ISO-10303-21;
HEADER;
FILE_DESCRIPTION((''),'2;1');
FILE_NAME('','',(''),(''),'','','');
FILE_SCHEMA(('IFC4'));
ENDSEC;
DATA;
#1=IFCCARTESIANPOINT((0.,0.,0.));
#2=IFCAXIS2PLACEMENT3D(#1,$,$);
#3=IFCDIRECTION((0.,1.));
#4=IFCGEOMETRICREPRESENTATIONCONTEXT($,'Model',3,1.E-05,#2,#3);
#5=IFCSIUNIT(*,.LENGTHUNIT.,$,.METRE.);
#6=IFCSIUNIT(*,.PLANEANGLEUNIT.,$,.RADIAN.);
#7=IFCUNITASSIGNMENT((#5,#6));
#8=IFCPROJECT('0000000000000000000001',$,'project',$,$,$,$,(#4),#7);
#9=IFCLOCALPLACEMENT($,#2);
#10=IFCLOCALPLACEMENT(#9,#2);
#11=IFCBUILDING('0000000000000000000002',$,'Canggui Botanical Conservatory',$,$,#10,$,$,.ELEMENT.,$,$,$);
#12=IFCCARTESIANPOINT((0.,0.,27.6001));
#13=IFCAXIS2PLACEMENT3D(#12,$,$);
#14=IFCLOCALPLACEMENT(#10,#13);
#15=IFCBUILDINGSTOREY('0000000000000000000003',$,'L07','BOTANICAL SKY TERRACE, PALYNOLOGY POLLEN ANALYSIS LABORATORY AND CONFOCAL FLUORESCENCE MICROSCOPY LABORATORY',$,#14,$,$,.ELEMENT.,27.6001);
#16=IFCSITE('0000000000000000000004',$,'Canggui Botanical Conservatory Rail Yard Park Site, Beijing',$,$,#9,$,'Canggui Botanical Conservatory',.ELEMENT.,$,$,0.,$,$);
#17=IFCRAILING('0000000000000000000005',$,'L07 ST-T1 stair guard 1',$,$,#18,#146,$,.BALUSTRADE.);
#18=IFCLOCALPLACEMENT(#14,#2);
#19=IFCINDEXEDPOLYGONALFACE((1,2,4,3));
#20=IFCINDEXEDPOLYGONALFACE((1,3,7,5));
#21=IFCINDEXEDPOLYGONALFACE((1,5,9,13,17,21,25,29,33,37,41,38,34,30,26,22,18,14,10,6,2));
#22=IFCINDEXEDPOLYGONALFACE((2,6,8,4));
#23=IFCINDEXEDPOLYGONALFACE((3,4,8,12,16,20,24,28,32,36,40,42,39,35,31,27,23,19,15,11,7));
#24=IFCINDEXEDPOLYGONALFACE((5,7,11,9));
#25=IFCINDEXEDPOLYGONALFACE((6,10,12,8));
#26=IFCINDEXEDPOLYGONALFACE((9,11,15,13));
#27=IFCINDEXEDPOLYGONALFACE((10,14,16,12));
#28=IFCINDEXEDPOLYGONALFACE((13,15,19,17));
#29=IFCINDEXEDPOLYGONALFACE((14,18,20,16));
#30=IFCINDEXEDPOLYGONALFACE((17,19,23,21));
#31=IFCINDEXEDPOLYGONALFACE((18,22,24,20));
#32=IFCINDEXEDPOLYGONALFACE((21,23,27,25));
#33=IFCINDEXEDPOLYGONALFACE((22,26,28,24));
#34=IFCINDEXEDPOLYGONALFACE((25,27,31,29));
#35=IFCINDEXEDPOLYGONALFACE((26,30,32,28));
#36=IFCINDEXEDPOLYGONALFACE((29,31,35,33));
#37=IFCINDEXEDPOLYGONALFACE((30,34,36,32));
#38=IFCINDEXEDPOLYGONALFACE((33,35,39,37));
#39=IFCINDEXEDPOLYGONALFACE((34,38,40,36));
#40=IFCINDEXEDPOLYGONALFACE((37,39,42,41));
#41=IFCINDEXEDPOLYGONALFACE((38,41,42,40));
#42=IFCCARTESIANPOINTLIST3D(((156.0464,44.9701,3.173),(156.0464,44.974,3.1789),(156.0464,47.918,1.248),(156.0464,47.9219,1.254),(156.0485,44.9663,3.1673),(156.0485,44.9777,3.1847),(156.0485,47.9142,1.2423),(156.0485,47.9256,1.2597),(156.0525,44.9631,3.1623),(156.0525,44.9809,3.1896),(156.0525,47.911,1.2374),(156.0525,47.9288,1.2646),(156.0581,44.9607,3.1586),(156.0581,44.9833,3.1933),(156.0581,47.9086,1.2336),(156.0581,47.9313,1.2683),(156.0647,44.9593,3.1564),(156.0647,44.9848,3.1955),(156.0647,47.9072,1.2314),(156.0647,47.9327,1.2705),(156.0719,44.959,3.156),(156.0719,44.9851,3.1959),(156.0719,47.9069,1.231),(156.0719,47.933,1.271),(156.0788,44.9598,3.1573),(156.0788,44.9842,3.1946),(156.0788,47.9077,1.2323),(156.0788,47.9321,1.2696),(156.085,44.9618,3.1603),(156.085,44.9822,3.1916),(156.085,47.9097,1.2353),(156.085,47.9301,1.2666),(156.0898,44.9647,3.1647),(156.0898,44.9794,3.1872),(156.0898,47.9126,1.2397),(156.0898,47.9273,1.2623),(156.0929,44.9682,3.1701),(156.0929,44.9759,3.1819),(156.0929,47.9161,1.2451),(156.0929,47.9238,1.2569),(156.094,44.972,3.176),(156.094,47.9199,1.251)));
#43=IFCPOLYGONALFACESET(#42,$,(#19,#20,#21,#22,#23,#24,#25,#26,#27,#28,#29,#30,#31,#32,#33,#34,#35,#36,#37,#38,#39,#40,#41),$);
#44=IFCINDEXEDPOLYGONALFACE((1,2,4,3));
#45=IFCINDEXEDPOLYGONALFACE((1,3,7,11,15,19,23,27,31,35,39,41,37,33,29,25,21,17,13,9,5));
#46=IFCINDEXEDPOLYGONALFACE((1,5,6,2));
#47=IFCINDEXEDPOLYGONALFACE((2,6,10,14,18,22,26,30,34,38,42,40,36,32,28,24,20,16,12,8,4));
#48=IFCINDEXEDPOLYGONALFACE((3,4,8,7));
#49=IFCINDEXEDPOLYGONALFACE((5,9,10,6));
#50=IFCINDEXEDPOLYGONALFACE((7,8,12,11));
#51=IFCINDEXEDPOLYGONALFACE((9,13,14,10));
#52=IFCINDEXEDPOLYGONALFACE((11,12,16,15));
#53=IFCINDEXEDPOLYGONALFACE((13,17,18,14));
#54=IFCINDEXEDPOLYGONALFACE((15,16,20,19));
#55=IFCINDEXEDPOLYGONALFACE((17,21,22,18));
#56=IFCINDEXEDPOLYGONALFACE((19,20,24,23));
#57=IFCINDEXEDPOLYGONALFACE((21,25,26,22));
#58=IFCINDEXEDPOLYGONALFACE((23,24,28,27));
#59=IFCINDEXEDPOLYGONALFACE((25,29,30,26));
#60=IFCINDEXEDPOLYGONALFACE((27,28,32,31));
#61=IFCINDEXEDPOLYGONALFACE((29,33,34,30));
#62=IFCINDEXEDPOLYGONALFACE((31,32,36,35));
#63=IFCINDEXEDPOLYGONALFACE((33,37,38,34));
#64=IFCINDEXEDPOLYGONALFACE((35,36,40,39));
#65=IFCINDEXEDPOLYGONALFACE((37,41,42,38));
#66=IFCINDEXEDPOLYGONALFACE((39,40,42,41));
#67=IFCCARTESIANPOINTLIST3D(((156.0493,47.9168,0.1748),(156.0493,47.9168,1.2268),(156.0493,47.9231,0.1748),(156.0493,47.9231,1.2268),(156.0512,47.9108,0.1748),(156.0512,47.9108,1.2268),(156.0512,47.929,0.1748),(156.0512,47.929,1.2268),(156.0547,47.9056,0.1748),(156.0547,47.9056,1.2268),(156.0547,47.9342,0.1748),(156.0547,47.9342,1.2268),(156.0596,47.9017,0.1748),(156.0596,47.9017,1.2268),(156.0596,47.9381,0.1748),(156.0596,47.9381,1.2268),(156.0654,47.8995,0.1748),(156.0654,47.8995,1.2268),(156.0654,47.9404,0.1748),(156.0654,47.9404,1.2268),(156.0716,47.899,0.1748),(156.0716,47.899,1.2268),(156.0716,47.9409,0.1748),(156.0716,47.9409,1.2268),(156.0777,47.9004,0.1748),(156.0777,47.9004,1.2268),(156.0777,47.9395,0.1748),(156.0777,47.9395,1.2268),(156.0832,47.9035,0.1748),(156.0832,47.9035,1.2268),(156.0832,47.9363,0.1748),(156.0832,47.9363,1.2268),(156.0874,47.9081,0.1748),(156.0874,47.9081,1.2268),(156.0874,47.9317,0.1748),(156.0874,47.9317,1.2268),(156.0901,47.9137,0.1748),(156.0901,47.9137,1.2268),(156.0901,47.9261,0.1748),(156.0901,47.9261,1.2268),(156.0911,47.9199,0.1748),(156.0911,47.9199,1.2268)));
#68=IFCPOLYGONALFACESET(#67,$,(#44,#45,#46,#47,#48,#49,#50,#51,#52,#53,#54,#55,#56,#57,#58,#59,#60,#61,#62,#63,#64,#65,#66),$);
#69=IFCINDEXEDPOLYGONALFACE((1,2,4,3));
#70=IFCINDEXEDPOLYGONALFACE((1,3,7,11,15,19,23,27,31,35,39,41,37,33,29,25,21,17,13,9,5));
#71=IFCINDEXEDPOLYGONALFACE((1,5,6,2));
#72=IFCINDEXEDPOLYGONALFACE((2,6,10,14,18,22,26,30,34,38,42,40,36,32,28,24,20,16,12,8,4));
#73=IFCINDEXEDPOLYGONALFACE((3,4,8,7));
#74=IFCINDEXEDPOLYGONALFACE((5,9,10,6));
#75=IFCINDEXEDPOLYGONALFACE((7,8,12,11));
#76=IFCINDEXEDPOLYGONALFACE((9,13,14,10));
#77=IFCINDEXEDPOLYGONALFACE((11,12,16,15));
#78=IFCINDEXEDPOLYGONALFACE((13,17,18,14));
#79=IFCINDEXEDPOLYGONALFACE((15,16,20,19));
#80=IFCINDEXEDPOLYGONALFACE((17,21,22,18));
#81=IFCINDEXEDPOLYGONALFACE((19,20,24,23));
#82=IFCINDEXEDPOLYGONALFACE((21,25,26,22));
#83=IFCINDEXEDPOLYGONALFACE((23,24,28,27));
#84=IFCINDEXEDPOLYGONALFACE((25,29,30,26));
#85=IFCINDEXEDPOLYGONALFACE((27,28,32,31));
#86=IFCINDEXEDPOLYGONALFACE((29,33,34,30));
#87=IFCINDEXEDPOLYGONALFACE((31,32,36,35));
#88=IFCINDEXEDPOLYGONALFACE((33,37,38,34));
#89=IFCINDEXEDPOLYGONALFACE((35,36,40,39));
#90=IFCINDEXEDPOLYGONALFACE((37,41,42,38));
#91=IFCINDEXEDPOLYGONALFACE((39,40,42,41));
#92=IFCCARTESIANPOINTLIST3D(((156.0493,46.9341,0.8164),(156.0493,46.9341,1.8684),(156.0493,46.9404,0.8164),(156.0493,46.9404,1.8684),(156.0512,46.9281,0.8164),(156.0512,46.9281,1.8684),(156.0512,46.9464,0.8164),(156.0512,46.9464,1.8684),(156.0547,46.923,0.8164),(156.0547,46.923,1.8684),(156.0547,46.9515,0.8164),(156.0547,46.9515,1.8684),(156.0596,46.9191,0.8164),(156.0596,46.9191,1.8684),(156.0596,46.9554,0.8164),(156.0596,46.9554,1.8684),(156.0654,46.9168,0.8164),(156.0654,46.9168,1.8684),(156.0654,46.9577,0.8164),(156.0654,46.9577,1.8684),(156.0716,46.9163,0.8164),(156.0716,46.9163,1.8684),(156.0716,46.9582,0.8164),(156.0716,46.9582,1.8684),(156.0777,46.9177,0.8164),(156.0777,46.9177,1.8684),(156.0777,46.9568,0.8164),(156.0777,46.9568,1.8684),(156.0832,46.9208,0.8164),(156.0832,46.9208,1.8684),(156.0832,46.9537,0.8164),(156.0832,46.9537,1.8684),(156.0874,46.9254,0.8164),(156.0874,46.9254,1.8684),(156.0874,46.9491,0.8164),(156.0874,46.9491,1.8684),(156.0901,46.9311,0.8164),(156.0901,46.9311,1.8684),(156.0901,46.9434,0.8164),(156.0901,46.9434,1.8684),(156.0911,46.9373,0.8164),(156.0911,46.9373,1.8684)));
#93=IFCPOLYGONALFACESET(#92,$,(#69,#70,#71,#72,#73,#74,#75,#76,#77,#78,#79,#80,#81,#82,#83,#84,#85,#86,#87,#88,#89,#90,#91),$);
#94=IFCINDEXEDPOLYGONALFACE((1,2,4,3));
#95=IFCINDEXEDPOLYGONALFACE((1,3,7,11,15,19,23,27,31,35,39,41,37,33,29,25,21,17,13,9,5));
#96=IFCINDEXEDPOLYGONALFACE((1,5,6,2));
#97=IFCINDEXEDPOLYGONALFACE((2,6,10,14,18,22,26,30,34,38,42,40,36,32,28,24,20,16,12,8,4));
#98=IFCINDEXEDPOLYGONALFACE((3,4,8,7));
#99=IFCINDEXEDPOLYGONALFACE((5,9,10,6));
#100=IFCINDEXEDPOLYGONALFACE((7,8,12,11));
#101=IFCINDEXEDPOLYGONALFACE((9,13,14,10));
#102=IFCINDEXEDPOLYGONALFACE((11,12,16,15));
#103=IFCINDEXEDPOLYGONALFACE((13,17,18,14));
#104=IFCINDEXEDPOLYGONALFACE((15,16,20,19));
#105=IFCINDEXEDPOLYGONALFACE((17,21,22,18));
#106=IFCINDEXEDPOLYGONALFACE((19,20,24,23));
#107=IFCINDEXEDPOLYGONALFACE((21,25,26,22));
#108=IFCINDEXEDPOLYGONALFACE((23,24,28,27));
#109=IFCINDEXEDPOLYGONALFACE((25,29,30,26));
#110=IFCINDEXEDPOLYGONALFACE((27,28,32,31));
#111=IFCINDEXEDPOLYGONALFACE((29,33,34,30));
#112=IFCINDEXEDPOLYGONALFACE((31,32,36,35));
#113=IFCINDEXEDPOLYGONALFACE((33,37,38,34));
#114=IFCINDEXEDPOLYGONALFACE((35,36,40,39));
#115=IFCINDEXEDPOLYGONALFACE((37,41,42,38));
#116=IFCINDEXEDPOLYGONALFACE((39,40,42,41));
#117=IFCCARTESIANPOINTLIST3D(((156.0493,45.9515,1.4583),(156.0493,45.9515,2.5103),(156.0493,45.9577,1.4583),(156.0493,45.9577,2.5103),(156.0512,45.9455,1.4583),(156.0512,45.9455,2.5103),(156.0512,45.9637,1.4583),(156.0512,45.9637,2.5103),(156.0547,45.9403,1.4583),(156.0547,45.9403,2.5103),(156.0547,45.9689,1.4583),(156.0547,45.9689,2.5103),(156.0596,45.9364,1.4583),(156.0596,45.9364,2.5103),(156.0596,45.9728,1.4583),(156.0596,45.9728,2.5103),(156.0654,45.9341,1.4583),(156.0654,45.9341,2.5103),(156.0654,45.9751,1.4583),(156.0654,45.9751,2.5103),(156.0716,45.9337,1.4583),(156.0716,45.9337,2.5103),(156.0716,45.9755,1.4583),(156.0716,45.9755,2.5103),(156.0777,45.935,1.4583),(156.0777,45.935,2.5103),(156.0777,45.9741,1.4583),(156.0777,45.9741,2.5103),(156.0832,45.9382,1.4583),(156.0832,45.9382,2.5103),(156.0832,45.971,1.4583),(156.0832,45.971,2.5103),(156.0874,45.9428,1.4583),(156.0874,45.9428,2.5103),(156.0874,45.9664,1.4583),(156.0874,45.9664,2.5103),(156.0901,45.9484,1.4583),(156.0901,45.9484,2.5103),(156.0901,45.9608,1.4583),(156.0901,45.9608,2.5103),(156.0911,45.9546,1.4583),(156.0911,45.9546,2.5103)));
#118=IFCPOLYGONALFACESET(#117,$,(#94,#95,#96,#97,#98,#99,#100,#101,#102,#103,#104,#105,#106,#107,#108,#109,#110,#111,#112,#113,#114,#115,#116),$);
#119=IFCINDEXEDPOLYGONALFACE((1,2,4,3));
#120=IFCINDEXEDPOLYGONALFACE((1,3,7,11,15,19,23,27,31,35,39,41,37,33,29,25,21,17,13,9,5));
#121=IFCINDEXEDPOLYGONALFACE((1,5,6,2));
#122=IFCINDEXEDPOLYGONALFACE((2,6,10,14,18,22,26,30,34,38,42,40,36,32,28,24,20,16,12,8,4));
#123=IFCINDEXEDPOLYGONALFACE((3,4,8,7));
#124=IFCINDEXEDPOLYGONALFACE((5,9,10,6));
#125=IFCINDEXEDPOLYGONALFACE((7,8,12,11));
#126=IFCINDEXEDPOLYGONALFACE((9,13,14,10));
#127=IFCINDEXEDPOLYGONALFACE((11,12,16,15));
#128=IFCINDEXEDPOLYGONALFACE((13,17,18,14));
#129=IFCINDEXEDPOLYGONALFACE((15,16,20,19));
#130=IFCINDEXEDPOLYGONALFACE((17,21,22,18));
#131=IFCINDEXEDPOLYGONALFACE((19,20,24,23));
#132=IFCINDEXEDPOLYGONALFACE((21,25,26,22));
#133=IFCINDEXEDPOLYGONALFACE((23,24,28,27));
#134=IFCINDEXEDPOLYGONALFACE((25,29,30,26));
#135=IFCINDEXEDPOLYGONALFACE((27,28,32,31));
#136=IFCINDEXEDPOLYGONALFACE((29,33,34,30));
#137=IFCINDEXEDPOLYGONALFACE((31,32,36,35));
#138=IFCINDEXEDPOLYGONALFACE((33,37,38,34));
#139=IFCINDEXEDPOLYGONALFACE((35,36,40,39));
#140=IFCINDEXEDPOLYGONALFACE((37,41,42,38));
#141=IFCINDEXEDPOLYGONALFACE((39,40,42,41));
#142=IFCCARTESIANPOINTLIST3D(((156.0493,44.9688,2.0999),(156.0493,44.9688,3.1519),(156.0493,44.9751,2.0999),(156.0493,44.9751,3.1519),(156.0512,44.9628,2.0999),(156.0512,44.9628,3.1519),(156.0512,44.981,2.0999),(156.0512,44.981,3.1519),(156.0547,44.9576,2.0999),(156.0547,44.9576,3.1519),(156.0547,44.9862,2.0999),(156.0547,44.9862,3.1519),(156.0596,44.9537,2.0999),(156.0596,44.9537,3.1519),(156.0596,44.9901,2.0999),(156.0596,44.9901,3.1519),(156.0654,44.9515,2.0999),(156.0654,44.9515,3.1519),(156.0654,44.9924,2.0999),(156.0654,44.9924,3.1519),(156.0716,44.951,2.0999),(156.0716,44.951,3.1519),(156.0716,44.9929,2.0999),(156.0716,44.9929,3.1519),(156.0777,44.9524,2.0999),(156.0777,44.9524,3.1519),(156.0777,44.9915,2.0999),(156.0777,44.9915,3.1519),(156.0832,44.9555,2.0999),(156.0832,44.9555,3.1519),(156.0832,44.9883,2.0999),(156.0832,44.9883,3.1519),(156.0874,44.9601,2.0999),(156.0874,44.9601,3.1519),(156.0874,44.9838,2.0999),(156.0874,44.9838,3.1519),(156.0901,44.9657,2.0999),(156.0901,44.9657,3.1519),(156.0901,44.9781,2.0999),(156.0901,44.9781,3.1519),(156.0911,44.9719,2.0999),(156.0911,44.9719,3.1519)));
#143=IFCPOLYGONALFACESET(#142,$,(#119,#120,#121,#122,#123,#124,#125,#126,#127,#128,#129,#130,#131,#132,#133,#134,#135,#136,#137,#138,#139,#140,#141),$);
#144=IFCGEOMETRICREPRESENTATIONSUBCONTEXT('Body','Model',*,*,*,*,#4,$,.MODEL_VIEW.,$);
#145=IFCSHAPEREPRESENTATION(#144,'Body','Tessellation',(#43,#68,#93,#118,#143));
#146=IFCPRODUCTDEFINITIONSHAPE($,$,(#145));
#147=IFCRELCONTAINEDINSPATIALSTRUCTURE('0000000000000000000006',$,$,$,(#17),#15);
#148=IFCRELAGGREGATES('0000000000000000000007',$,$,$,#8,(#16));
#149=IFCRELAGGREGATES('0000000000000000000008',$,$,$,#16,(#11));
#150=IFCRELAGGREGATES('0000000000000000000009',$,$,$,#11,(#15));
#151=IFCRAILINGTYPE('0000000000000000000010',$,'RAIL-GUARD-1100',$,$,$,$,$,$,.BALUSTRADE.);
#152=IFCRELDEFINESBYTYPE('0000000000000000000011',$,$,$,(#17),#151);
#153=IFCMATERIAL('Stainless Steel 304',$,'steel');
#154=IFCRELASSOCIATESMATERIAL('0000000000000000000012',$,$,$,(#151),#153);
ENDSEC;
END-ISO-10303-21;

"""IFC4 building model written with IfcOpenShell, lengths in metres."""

from ifc_helpers import new_model, si_unit, direction, frame, origin, origin_2d, place, context, subcontext, project, spatial, circle, extrude, material, type_object, element, save


model = new_model("IFC4")

# Units and contexts
model_context = context("Model", 3, precision=1e-05, world=origin(), true_north=direction((0.0, 1.0)))
body_context = subcontext(model_context, "Body", "Model", "MODEL_VIEW")
ifc_project = project(units=[si_unit("LENGTHUNIT", "METRE"), si_unit("PLANEANGLEUNIT", "RADIAN")], contexts=[model_context])

# Site, building, storey
site_placement = place(None, origin())
site = spatial("IfcSite", under=ifc_project, at=site_placement, Name="Canggui Botanical Conservatory Rail Yard Park Site, Beijing", LongName="Canggui Botanical Conservatory", CompositionType="ELEMENT", RefElevation=0.0)
building_placement = place(site_placement, origin())
building = spatial("IfcBuilding", under=site, at=building_placement, Name="Canggui Botanical Conservatory", CompositionType="ELEMENT")
storey_placement = place(building_placement, frame((0.0, 0.0, 27.6001)))
storey = spatial("IfcBuildingStorey", under=building, at=storey_placement, Name="L07", Description="BOTANICAL SKY TERRACE, PALYNOLOGY POLLEN ANALYSIS LABORATORY AND CONFOCAL FLUORESCENCE MICROSCOPY LABORATORY", CompositionType="ELEMENT", Elevation=27.6001)

# Shared definitions
ifc_material_1 = material(Name="Stainless Steel 304", Category="steel")

# Railing
railing_type_1 = type_object("IfcRailingType", Name="RAIL-GUARD-1100", PredefinedType="BALUSTRADE", material=ifc_material_1)
railing_1_placement = place(storey_placement, frame((156.0701, 47.9199, 0.1748)))
element("IfcRailing", 1, at=railing_1_placement, inside=storey, type_object=railing_type_1, Name="L07 ST-T1 stair guard 1", PredefinedType="BALUSTRADE", context=body_context, shape_type="SweptSolid", body=[
    extrude(circle(Radius=0.0239, at=origin_2d()), frame((0.0, 0.0, 1.0762), z_axis=(0.0, -0.837293, 0.546754), x_axis=(1.0, 0.0, 0.0)), (0.0, 0.0, 1.0), 3.5208),
    extrude(circle(Radius=0.021, at=origin_2d()), origin(), (0.0, 0.0, 1.0), 1.052),
    extrude(circle(Radius=0.021, at=origin_2d()), frame((0.0, -0.9827, 0.6416)), (0.0, 0.0, 1.0), 1.052),
    extrude(circle(Radius=0.021, at=origin_2d()), frame((0.0, -1.9653, 1.2834)), (0.0, 0.0, 1.0), 1.052),
    extrude(circle(Radius=0.021, at=origin_2d()), frame((0.0, -2.948, 1.925)), (0.0, 0.0, 1.0), 1.052),
])

save(model, "model.ifc")
